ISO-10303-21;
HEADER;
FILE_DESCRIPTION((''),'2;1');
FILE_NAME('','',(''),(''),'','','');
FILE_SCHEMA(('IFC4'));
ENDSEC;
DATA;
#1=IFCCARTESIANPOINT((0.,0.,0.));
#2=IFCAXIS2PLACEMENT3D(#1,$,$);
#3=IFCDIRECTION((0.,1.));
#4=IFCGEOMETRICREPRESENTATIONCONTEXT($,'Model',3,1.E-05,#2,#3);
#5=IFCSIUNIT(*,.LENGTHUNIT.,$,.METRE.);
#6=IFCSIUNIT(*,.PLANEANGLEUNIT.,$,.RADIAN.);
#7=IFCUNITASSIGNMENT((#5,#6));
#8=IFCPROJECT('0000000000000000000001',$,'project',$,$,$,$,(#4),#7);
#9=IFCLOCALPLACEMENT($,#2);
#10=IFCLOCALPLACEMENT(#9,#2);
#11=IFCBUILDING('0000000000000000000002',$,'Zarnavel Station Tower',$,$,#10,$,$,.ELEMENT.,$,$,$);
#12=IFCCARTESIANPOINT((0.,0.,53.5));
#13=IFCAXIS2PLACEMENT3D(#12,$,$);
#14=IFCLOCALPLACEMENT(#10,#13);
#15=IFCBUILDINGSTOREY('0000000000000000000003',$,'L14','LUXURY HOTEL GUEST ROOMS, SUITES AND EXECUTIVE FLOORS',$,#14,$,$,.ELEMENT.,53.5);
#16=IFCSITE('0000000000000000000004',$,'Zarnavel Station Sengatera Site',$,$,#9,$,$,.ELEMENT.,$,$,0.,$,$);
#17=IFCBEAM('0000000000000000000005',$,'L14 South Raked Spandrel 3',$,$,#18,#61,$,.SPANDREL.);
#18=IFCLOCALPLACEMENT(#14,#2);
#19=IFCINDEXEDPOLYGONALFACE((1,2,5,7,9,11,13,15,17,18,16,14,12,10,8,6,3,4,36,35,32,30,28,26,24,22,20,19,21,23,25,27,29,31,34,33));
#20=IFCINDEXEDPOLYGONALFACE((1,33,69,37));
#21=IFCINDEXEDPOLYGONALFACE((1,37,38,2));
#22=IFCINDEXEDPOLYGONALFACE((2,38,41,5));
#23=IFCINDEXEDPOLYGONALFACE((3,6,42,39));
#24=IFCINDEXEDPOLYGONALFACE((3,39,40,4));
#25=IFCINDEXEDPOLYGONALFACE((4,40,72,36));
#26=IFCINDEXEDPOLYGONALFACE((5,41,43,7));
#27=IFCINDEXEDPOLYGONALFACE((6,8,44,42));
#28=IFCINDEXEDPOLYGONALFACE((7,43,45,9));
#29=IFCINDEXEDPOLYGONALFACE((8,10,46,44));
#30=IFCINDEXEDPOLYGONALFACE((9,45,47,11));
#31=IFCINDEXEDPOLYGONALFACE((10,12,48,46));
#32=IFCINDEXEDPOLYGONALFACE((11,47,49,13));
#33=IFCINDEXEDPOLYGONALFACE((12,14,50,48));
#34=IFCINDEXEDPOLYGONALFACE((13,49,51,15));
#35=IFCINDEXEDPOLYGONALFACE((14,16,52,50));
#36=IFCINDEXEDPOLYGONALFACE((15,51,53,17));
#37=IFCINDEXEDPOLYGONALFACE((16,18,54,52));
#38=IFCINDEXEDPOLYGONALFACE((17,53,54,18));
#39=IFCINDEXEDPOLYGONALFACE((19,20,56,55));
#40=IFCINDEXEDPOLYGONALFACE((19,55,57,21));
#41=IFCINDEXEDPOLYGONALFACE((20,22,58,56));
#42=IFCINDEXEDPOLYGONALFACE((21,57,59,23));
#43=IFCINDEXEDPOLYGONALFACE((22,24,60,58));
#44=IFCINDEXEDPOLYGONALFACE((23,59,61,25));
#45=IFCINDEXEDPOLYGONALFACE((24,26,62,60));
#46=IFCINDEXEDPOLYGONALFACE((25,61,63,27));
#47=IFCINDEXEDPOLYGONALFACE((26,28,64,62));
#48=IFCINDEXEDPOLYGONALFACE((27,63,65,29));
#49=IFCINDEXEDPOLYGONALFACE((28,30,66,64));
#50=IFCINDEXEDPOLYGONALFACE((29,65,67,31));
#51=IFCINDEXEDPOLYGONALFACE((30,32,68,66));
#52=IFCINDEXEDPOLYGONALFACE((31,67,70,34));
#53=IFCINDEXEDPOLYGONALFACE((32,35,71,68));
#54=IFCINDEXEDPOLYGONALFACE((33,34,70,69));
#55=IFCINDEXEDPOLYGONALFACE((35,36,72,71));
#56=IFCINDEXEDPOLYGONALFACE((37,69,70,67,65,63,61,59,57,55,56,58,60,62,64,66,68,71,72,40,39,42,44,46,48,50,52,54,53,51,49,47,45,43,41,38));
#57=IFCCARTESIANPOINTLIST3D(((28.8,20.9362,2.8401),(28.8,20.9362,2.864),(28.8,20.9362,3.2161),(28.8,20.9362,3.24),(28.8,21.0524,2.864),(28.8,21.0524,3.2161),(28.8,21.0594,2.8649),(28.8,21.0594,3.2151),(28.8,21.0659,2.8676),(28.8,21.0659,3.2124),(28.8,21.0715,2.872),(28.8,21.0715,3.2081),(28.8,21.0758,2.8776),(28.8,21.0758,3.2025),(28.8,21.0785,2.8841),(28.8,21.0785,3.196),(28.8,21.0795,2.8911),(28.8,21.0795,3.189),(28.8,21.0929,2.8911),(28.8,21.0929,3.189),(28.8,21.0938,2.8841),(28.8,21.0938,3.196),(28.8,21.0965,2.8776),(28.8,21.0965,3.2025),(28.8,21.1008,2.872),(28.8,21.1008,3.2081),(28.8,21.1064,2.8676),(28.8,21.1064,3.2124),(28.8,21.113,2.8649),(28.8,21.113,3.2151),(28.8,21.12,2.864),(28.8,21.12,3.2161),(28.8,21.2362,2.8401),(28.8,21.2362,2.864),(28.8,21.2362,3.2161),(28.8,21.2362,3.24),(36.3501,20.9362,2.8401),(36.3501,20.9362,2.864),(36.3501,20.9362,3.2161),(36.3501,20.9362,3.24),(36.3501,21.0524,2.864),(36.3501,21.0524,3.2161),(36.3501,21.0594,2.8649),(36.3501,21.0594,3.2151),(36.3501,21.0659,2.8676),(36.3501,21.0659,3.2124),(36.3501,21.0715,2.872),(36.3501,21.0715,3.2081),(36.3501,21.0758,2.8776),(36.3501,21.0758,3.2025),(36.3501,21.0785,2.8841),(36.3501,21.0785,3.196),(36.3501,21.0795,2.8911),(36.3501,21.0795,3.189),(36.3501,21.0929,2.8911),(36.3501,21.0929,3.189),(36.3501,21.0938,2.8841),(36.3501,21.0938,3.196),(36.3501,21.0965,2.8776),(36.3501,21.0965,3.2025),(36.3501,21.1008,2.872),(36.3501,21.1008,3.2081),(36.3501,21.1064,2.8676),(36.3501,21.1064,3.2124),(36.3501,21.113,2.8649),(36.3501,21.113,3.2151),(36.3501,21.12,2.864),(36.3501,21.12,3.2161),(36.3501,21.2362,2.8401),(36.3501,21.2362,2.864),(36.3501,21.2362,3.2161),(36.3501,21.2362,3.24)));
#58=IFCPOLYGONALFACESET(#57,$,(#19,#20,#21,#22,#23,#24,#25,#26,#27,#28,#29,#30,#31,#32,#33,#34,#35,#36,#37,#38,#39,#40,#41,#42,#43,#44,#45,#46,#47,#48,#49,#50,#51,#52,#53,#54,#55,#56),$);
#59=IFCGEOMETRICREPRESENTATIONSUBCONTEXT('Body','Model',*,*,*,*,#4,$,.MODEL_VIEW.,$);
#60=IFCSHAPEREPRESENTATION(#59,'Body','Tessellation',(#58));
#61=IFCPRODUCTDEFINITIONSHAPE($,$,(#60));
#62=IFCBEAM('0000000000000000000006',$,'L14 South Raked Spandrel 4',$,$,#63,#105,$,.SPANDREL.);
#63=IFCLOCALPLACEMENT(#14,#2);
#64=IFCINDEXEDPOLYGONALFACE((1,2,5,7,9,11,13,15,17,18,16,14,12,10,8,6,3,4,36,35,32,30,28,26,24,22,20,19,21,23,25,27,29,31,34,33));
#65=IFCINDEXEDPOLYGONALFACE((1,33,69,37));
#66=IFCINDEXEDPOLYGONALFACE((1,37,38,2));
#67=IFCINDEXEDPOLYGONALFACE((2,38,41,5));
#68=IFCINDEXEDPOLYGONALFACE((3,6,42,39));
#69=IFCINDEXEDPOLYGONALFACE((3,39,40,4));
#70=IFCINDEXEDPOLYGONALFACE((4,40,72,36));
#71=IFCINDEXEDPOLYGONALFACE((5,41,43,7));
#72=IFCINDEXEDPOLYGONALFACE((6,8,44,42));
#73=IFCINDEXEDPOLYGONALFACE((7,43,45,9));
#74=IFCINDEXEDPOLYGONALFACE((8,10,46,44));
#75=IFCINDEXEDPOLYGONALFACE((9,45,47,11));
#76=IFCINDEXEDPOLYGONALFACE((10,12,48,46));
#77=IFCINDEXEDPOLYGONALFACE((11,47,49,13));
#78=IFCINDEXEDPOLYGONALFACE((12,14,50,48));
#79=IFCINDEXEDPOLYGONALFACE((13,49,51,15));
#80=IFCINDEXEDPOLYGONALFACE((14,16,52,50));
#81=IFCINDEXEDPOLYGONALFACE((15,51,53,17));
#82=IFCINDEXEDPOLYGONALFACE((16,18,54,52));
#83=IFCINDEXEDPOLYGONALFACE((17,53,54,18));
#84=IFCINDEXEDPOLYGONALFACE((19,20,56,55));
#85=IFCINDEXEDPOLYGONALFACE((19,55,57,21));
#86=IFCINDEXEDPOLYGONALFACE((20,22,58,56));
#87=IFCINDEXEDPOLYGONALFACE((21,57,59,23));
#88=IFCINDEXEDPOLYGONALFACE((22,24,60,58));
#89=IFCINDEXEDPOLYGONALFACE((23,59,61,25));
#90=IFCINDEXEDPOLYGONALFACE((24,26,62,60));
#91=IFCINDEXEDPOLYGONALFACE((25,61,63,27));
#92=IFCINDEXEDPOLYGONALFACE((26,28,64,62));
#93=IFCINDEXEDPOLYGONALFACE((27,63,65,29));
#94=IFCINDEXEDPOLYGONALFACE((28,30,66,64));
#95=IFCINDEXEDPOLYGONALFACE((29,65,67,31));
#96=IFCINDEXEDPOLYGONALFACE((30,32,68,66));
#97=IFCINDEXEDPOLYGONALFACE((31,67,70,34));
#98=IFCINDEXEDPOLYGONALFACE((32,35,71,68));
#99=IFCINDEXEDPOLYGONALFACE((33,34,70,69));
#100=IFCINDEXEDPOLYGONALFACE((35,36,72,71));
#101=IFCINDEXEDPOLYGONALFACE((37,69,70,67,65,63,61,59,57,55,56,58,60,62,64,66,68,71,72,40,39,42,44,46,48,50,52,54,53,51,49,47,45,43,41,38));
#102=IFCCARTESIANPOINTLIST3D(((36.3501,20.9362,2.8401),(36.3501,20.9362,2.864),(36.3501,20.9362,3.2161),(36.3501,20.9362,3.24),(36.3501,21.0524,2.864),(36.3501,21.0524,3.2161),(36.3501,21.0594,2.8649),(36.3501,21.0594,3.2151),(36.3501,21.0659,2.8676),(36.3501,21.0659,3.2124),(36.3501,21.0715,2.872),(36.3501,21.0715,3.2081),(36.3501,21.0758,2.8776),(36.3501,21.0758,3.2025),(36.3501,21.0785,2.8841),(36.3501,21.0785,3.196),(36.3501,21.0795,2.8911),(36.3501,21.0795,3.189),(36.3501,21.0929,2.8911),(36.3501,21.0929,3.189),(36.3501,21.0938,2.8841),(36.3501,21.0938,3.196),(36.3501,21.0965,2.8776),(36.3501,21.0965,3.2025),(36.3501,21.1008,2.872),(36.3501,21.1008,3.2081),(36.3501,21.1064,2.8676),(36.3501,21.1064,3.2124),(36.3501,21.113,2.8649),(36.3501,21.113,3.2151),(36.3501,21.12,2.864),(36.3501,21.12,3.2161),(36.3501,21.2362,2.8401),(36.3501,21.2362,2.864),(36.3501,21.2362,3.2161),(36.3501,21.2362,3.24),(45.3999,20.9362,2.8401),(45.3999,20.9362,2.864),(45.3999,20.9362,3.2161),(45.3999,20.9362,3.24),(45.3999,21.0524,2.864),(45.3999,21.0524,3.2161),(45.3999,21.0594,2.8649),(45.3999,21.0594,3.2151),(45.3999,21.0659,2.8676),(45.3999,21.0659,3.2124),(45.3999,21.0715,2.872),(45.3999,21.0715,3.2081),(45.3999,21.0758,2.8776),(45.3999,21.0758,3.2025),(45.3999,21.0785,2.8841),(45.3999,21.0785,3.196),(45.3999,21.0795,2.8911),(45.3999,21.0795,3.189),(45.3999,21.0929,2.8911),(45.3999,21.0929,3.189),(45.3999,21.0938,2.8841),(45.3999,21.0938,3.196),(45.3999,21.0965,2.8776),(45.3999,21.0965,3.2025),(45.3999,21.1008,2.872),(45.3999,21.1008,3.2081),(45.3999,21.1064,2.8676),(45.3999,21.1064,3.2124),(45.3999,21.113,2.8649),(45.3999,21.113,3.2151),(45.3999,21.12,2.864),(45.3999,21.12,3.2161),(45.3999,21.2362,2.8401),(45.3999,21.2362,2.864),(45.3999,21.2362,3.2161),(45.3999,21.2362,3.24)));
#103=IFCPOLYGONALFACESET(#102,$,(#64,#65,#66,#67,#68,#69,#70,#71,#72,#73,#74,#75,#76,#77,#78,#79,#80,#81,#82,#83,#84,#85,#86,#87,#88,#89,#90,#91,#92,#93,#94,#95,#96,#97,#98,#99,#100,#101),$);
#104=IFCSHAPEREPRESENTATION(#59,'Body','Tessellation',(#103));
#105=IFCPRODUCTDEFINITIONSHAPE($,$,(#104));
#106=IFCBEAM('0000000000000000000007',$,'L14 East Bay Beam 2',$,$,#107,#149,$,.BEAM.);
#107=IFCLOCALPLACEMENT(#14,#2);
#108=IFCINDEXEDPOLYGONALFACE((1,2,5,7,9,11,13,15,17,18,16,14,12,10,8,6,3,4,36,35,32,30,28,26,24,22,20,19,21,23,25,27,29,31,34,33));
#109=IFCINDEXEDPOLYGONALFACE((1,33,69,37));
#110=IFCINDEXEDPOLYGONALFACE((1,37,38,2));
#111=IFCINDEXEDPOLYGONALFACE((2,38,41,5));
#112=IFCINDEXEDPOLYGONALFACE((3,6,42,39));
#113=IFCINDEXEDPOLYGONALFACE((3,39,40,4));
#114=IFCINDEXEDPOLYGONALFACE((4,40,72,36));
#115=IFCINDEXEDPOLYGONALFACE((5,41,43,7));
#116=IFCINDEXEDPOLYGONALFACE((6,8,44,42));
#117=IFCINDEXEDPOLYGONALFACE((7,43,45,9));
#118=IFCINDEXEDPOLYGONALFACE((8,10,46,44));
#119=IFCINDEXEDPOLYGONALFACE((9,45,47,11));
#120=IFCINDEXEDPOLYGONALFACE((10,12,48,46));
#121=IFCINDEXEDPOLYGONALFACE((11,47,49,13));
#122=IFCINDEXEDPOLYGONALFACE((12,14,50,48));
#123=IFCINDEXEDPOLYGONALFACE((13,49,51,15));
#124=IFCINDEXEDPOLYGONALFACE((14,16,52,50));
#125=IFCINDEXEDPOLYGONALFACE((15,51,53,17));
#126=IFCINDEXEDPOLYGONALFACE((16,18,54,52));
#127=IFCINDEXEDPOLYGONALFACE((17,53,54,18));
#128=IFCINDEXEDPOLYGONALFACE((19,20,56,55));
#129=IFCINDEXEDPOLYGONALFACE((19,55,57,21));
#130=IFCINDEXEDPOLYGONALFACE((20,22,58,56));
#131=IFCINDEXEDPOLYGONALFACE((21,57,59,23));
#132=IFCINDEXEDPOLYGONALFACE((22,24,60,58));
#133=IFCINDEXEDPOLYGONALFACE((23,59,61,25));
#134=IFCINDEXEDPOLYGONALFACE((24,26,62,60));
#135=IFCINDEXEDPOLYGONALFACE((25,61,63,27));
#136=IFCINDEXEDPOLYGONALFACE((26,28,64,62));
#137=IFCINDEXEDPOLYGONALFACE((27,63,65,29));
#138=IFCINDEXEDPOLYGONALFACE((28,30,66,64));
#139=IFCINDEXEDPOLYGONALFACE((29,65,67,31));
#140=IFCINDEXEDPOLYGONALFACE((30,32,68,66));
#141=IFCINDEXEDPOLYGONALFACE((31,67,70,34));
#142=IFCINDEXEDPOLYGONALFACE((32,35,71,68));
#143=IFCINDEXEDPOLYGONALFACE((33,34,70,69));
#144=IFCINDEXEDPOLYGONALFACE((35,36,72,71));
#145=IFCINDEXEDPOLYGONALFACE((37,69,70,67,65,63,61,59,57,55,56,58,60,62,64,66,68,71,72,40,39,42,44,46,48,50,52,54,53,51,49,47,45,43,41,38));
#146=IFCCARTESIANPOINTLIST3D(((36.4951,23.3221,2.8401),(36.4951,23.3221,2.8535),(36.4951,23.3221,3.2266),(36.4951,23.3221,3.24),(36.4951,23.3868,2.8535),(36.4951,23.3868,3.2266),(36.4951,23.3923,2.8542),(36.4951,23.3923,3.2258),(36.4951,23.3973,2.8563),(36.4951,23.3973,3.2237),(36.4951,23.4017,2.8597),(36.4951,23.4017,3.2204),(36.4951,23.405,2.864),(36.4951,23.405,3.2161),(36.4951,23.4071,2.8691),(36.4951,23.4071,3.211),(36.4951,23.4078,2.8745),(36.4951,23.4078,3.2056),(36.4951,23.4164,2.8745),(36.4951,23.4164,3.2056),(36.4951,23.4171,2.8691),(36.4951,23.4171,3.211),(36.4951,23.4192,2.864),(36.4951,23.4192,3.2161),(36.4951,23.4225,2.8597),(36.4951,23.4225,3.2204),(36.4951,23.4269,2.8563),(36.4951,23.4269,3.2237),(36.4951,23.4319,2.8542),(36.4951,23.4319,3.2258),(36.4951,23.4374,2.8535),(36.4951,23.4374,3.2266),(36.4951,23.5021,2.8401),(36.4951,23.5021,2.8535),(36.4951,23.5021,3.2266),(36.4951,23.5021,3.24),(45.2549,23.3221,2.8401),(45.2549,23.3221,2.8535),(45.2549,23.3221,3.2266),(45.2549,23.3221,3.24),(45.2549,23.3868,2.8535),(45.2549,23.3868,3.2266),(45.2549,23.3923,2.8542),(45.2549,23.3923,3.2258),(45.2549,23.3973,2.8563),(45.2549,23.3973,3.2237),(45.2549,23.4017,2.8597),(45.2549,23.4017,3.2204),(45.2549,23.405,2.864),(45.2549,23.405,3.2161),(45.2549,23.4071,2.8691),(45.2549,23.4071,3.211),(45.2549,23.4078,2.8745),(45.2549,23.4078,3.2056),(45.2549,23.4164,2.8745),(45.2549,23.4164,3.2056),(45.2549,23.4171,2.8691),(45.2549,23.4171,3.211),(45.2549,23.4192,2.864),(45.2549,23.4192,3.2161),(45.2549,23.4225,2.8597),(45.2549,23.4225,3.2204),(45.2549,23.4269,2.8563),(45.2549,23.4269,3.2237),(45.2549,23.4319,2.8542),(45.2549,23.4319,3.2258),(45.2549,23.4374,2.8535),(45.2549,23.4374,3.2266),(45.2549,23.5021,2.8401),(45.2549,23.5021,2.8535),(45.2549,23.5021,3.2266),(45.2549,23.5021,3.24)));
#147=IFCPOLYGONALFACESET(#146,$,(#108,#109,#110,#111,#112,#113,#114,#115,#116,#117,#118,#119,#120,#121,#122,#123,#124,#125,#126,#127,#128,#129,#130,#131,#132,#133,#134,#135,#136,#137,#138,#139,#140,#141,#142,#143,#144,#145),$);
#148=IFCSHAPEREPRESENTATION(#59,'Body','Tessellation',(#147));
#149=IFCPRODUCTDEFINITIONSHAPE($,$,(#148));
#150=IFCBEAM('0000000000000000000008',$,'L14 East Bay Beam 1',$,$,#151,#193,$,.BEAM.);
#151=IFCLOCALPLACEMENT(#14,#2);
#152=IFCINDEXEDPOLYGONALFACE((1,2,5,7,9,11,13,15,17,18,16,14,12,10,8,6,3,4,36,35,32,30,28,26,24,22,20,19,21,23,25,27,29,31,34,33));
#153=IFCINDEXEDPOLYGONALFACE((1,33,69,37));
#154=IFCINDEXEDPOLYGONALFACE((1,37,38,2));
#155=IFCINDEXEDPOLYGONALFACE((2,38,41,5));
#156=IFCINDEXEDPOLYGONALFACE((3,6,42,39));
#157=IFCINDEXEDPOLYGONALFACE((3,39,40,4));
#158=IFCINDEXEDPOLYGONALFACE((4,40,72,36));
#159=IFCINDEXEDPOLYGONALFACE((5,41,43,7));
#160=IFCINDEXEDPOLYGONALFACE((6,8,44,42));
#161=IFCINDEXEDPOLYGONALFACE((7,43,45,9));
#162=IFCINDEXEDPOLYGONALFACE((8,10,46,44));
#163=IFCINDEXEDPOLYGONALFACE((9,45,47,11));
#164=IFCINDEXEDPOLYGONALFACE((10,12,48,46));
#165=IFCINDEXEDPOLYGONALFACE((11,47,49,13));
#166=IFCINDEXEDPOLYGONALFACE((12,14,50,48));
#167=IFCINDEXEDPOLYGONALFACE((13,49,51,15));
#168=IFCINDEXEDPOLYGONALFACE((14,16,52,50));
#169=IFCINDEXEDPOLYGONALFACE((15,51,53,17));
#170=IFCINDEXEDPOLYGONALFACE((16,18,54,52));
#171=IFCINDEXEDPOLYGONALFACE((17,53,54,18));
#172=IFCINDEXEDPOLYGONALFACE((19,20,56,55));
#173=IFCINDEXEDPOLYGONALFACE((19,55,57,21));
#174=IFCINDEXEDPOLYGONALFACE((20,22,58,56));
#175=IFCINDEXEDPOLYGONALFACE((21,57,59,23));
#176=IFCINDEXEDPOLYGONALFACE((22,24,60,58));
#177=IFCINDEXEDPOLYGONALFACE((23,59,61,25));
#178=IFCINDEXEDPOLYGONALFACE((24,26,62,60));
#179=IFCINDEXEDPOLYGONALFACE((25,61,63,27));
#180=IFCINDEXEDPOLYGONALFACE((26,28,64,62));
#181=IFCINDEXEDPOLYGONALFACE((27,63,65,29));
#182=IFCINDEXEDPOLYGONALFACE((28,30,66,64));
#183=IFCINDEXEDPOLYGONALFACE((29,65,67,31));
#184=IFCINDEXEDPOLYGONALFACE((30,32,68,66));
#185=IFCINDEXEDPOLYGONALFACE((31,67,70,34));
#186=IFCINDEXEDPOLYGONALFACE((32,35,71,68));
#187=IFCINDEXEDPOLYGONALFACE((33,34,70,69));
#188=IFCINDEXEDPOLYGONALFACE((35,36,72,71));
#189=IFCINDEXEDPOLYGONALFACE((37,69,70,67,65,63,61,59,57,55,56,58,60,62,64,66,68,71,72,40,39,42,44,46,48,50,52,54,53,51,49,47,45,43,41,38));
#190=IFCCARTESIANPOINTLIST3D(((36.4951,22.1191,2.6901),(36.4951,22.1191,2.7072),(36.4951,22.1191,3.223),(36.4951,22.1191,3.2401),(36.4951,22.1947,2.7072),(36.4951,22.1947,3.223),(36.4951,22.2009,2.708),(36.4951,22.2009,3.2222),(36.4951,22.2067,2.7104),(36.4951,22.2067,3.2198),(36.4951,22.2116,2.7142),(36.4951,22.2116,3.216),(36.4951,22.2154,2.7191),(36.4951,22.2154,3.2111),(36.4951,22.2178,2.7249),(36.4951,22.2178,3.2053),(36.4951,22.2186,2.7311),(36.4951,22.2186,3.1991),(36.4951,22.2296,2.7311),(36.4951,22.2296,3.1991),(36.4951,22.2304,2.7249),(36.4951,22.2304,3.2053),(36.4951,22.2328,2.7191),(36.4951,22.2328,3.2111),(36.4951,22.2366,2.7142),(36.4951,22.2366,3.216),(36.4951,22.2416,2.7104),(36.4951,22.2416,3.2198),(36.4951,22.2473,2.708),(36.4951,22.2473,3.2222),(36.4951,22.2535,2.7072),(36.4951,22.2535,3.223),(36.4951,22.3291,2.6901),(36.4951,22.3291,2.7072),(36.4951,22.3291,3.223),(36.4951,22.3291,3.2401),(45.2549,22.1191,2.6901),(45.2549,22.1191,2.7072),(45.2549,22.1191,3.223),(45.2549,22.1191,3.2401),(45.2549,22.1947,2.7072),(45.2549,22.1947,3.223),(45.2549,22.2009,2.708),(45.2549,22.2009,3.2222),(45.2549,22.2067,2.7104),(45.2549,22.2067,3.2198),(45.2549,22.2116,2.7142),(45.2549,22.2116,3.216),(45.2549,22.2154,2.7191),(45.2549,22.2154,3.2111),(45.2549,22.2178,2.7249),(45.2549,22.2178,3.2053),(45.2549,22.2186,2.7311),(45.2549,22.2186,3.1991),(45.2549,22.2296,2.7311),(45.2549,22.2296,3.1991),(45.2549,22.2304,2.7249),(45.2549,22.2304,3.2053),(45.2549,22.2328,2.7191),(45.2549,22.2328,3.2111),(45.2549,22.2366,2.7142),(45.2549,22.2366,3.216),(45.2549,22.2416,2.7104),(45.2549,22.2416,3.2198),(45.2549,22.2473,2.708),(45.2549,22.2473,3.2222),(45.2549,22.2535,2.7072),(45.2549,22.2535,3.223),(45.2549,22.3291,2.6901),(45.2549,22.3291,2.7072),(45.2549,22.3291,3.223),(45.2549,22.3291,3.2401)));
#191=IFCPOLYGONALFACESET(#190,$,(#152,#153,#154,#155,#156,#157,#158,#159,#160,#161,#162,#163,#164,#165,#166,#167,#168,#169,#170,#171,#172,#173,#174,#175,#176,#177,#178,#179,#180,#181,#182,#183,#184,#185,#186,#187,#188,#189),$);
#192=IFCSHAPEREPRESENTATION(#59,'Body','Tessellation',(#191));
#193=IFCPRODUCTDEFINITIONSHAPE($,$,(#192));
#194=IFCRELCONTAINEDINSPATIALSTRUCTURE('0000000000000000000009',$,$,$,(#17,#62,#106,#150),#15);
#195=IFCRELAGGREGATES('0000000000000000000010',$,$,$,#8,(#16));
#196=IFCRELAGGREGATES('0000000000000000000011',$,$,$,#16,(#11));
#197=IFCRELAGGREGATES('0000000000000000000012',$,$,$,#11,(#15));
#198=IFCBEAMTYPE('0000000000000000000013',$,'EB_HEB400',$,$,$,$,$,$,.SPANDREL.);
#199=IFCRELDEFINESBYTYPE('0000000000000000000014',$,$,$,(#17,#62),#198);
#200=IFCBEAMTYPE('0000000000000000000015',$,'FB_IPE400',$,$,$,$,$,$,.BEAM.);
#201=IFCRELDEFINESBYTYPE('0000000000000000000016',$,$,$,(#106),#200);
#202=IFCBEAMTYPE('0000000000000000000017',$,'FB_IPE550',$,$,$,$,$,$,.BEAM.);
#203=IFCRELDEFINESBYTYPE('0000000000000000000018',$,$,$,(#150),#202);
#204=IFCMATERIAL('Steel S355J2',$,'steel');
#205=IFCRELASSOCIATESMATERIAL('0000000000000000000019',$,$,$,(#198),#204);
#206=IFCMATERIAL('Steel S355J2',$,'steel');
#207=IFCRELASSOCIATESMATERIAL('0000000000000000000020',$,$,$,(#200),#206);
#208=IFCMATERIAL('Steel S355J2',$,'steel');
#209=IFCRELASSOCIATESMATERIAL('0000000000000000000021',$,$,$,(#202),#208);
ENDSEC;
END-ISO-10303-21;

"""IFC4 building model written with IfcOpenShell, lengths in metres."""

from ifc_helpers import new_model, si_unit, direction, frame, origin, origin_2d, place, context, subcontext, project, spatial, i_section, extrude, material, material_profile, profile_set, type_object, element, save


model = new_model("IFC4")

# Units and contexts
model_context = context("Model", 3, precision=1e-05, world=origin(), true_north=direction((0.0, 1.0)))
body_context = subcontext(model_context, "Body", "Model", "MODEL_VIEW")
ifc_project = project(units=[si_unit("LENGTHUNIT", "METRE"), si_unit("PLANEANGLEUNIT", "RADIAN")], contexts=[model_context])

# Site, building, storey
site_placement = place(None, origin())
site = spatial("IfcSite", under=ifc_project, at=site_placement, Name="Zarnavel Station Sengatera Site", CompositionType="ELEMENT", RefElevation=0.0)
building_placement = place(site_placement, origin())
building = spatial("IfcBuilding", under=site, at=building_placement, Name="Zarnavel Station Tower", CompositionType="ELEMENT")
storey_placement = place(building_placement, frame((0.0, 0.0, 53.5)))
storey = spatial("IfcBuildingStorey", under=building, at=storey_placement, Name="L14", Description="LUXURY HOTEL GUEST ROOMS, SUITES AND EXECUTIVE FLOORS", CompositionType="ELEMENT", Elevation=53.5)

# Beams
ifc_material_1 = material(Name="Steel S355J2", Category="steel")
ifc_material_profile_1 = material_profile(ifc_material_1, i_section(OverallWidth=0.3, OverallDepth=0.3999, WebThickness=0.0134, FlangeThickness=0.0239, FilletRadius=0.0271, at=origin_2d()), Name="HEB400")
ifc_profile_set_1 = profile_set([ifc_material_profile_1], Name="Steel S355J2")
beam_type_1 = type_object("IfcBeamType", Name="EB_HEB400", PredefinedType="SPANDREL", material=ifc_profile_set_1)
beam_1_placement = place(storey_placement, frame((28.8, 21.0862, 3.04), z_axis=(1.0, 0.0, 0.0), x_axis=(0.0, 1.0, 0.0)))
element("IfcBeam", 1, at=beam_1_placement, inside=storey, type_object=beam_type_1, Name="L14 South Raked Spandrel 3", PredefinedType="SPANDREL", context=body_context, shape_type="SweptSolid", body=[
    extrude(i_section(OverallWidth=0.3, OverallDepth=0.3999, WebThickness=0.0134, FlangeThickness=0.0239, FilletRadius=0.0271, at=origin_2d()), origin(), (0.0, 0.0, 1.0), 7.55),
])
beam_2_placement = place(storey_placement, frame((36.3501, 21.0862, 3.04), z_axis=(1.0, 0.0, 0.0), x_axis=(0.0, 1.0, 0.0)))
element("IfcBeam", 2, at=beam_2_placement, inside=storey, type_object=beam_type_1, Name="L14 South Raked Spandrel 4", PredefinedType="SPANDREL", context=body_context, shape_type="SweptSolid", body=[
    extrude(i_section(OverallWidth=0.3, OverallDepth=0.3999, WebThickness=0.0134, FlangeThickness=0.0239, FilletRadius=0.0271, at=origin_2d()), origin(), (0.0, 0.0, 1.0), 9.0498),
])
ifc_material_2 = material(Name="Steel S355J2", Category="steel")
ifc_material_profile_2 = material_profile(ifc_material_2, i_section(OverallWidth=0.1799, OverallDepth=0.3999, WebThickness=0.0085, FlangeThickness=0.0134, FilletRadius=0.021, at=origin_2d()), Name="IPE400")
ifc_profile_set_2 = profile_set([ifc_material_profile_2], Name="Steel S355J2")
beam_type_2 = type_object("IfcBeamType", Name="FB_IPE400", PredefinedType="BEAM", material=ifc_profile_set_2)
beam_3_placement = place(storey_placement, frame((36.4951, 23.4121, 3.04), z_axis=(1.0, 0.0, 0.0), x_axis=(0.0, 1.0, 0.0)))
element("IfcBeam", 3, at=beam_3_placement, inside=storey, type_object=beam_type_2, Name="L14 East Bay Beam 2", PredefinedType="BEAM", context=body_context, shape_type="SweptSolid", body=[
    extrude(i_section(OverallWidth=0.1799, OverallDepth=0.3999, WebThickness=0.0085, FlangeThickness=0.0134, FilletRadius=0.021, at=origin_2d()), origin(), (0.0, 0.0, 1.0), 8.7598),
])
ifc_material_3 = material(Name="Steel S355J2", Category="steel")
ifc_material_profile_3 = material_profile(ifc_material_3, i_section(OverallWidth=0.21, OverallDepth=0.55, WebThickness=0.011, FlangeThickness=0.0171, FilletRadius=0.0239, at=origin_2d()), Name="IPE550")
ifc_profile_set_3 = profile_set([ifc_material_profile_3], Name="Steel S355J2")
beam_type_3 = type_object("IfcBeamType", Name="FB_IPE550", PredefinedType="BEAM", material=ifc_profile_set_3)
beam_4_placement = place(storey_placement, frame((36.4951, 22.2241, 2.9651), z_axis=(1.0, 0.0, 0.0), x_axis=(0.0, 1.0, 0.0)))
element("IfcBeam", 4, at=beam_4_placement, inside=storey, type_object=beam_type_3, Name="L14 East Bay Beam 1", PredefinedType="BEAM", context=body_context, shape_type="SweptSolid", body=[
    extrude(i_section(OverallWidth=0.21, OverallDepth=0.55, WebThickness=0.011, FlangeThickness=0.0171, FilletRadius=0.0239, at=origin_2d()), origin(), (0.0, 0.0, 1.0), 8.7598),
])

save(model, "model.ifc")
